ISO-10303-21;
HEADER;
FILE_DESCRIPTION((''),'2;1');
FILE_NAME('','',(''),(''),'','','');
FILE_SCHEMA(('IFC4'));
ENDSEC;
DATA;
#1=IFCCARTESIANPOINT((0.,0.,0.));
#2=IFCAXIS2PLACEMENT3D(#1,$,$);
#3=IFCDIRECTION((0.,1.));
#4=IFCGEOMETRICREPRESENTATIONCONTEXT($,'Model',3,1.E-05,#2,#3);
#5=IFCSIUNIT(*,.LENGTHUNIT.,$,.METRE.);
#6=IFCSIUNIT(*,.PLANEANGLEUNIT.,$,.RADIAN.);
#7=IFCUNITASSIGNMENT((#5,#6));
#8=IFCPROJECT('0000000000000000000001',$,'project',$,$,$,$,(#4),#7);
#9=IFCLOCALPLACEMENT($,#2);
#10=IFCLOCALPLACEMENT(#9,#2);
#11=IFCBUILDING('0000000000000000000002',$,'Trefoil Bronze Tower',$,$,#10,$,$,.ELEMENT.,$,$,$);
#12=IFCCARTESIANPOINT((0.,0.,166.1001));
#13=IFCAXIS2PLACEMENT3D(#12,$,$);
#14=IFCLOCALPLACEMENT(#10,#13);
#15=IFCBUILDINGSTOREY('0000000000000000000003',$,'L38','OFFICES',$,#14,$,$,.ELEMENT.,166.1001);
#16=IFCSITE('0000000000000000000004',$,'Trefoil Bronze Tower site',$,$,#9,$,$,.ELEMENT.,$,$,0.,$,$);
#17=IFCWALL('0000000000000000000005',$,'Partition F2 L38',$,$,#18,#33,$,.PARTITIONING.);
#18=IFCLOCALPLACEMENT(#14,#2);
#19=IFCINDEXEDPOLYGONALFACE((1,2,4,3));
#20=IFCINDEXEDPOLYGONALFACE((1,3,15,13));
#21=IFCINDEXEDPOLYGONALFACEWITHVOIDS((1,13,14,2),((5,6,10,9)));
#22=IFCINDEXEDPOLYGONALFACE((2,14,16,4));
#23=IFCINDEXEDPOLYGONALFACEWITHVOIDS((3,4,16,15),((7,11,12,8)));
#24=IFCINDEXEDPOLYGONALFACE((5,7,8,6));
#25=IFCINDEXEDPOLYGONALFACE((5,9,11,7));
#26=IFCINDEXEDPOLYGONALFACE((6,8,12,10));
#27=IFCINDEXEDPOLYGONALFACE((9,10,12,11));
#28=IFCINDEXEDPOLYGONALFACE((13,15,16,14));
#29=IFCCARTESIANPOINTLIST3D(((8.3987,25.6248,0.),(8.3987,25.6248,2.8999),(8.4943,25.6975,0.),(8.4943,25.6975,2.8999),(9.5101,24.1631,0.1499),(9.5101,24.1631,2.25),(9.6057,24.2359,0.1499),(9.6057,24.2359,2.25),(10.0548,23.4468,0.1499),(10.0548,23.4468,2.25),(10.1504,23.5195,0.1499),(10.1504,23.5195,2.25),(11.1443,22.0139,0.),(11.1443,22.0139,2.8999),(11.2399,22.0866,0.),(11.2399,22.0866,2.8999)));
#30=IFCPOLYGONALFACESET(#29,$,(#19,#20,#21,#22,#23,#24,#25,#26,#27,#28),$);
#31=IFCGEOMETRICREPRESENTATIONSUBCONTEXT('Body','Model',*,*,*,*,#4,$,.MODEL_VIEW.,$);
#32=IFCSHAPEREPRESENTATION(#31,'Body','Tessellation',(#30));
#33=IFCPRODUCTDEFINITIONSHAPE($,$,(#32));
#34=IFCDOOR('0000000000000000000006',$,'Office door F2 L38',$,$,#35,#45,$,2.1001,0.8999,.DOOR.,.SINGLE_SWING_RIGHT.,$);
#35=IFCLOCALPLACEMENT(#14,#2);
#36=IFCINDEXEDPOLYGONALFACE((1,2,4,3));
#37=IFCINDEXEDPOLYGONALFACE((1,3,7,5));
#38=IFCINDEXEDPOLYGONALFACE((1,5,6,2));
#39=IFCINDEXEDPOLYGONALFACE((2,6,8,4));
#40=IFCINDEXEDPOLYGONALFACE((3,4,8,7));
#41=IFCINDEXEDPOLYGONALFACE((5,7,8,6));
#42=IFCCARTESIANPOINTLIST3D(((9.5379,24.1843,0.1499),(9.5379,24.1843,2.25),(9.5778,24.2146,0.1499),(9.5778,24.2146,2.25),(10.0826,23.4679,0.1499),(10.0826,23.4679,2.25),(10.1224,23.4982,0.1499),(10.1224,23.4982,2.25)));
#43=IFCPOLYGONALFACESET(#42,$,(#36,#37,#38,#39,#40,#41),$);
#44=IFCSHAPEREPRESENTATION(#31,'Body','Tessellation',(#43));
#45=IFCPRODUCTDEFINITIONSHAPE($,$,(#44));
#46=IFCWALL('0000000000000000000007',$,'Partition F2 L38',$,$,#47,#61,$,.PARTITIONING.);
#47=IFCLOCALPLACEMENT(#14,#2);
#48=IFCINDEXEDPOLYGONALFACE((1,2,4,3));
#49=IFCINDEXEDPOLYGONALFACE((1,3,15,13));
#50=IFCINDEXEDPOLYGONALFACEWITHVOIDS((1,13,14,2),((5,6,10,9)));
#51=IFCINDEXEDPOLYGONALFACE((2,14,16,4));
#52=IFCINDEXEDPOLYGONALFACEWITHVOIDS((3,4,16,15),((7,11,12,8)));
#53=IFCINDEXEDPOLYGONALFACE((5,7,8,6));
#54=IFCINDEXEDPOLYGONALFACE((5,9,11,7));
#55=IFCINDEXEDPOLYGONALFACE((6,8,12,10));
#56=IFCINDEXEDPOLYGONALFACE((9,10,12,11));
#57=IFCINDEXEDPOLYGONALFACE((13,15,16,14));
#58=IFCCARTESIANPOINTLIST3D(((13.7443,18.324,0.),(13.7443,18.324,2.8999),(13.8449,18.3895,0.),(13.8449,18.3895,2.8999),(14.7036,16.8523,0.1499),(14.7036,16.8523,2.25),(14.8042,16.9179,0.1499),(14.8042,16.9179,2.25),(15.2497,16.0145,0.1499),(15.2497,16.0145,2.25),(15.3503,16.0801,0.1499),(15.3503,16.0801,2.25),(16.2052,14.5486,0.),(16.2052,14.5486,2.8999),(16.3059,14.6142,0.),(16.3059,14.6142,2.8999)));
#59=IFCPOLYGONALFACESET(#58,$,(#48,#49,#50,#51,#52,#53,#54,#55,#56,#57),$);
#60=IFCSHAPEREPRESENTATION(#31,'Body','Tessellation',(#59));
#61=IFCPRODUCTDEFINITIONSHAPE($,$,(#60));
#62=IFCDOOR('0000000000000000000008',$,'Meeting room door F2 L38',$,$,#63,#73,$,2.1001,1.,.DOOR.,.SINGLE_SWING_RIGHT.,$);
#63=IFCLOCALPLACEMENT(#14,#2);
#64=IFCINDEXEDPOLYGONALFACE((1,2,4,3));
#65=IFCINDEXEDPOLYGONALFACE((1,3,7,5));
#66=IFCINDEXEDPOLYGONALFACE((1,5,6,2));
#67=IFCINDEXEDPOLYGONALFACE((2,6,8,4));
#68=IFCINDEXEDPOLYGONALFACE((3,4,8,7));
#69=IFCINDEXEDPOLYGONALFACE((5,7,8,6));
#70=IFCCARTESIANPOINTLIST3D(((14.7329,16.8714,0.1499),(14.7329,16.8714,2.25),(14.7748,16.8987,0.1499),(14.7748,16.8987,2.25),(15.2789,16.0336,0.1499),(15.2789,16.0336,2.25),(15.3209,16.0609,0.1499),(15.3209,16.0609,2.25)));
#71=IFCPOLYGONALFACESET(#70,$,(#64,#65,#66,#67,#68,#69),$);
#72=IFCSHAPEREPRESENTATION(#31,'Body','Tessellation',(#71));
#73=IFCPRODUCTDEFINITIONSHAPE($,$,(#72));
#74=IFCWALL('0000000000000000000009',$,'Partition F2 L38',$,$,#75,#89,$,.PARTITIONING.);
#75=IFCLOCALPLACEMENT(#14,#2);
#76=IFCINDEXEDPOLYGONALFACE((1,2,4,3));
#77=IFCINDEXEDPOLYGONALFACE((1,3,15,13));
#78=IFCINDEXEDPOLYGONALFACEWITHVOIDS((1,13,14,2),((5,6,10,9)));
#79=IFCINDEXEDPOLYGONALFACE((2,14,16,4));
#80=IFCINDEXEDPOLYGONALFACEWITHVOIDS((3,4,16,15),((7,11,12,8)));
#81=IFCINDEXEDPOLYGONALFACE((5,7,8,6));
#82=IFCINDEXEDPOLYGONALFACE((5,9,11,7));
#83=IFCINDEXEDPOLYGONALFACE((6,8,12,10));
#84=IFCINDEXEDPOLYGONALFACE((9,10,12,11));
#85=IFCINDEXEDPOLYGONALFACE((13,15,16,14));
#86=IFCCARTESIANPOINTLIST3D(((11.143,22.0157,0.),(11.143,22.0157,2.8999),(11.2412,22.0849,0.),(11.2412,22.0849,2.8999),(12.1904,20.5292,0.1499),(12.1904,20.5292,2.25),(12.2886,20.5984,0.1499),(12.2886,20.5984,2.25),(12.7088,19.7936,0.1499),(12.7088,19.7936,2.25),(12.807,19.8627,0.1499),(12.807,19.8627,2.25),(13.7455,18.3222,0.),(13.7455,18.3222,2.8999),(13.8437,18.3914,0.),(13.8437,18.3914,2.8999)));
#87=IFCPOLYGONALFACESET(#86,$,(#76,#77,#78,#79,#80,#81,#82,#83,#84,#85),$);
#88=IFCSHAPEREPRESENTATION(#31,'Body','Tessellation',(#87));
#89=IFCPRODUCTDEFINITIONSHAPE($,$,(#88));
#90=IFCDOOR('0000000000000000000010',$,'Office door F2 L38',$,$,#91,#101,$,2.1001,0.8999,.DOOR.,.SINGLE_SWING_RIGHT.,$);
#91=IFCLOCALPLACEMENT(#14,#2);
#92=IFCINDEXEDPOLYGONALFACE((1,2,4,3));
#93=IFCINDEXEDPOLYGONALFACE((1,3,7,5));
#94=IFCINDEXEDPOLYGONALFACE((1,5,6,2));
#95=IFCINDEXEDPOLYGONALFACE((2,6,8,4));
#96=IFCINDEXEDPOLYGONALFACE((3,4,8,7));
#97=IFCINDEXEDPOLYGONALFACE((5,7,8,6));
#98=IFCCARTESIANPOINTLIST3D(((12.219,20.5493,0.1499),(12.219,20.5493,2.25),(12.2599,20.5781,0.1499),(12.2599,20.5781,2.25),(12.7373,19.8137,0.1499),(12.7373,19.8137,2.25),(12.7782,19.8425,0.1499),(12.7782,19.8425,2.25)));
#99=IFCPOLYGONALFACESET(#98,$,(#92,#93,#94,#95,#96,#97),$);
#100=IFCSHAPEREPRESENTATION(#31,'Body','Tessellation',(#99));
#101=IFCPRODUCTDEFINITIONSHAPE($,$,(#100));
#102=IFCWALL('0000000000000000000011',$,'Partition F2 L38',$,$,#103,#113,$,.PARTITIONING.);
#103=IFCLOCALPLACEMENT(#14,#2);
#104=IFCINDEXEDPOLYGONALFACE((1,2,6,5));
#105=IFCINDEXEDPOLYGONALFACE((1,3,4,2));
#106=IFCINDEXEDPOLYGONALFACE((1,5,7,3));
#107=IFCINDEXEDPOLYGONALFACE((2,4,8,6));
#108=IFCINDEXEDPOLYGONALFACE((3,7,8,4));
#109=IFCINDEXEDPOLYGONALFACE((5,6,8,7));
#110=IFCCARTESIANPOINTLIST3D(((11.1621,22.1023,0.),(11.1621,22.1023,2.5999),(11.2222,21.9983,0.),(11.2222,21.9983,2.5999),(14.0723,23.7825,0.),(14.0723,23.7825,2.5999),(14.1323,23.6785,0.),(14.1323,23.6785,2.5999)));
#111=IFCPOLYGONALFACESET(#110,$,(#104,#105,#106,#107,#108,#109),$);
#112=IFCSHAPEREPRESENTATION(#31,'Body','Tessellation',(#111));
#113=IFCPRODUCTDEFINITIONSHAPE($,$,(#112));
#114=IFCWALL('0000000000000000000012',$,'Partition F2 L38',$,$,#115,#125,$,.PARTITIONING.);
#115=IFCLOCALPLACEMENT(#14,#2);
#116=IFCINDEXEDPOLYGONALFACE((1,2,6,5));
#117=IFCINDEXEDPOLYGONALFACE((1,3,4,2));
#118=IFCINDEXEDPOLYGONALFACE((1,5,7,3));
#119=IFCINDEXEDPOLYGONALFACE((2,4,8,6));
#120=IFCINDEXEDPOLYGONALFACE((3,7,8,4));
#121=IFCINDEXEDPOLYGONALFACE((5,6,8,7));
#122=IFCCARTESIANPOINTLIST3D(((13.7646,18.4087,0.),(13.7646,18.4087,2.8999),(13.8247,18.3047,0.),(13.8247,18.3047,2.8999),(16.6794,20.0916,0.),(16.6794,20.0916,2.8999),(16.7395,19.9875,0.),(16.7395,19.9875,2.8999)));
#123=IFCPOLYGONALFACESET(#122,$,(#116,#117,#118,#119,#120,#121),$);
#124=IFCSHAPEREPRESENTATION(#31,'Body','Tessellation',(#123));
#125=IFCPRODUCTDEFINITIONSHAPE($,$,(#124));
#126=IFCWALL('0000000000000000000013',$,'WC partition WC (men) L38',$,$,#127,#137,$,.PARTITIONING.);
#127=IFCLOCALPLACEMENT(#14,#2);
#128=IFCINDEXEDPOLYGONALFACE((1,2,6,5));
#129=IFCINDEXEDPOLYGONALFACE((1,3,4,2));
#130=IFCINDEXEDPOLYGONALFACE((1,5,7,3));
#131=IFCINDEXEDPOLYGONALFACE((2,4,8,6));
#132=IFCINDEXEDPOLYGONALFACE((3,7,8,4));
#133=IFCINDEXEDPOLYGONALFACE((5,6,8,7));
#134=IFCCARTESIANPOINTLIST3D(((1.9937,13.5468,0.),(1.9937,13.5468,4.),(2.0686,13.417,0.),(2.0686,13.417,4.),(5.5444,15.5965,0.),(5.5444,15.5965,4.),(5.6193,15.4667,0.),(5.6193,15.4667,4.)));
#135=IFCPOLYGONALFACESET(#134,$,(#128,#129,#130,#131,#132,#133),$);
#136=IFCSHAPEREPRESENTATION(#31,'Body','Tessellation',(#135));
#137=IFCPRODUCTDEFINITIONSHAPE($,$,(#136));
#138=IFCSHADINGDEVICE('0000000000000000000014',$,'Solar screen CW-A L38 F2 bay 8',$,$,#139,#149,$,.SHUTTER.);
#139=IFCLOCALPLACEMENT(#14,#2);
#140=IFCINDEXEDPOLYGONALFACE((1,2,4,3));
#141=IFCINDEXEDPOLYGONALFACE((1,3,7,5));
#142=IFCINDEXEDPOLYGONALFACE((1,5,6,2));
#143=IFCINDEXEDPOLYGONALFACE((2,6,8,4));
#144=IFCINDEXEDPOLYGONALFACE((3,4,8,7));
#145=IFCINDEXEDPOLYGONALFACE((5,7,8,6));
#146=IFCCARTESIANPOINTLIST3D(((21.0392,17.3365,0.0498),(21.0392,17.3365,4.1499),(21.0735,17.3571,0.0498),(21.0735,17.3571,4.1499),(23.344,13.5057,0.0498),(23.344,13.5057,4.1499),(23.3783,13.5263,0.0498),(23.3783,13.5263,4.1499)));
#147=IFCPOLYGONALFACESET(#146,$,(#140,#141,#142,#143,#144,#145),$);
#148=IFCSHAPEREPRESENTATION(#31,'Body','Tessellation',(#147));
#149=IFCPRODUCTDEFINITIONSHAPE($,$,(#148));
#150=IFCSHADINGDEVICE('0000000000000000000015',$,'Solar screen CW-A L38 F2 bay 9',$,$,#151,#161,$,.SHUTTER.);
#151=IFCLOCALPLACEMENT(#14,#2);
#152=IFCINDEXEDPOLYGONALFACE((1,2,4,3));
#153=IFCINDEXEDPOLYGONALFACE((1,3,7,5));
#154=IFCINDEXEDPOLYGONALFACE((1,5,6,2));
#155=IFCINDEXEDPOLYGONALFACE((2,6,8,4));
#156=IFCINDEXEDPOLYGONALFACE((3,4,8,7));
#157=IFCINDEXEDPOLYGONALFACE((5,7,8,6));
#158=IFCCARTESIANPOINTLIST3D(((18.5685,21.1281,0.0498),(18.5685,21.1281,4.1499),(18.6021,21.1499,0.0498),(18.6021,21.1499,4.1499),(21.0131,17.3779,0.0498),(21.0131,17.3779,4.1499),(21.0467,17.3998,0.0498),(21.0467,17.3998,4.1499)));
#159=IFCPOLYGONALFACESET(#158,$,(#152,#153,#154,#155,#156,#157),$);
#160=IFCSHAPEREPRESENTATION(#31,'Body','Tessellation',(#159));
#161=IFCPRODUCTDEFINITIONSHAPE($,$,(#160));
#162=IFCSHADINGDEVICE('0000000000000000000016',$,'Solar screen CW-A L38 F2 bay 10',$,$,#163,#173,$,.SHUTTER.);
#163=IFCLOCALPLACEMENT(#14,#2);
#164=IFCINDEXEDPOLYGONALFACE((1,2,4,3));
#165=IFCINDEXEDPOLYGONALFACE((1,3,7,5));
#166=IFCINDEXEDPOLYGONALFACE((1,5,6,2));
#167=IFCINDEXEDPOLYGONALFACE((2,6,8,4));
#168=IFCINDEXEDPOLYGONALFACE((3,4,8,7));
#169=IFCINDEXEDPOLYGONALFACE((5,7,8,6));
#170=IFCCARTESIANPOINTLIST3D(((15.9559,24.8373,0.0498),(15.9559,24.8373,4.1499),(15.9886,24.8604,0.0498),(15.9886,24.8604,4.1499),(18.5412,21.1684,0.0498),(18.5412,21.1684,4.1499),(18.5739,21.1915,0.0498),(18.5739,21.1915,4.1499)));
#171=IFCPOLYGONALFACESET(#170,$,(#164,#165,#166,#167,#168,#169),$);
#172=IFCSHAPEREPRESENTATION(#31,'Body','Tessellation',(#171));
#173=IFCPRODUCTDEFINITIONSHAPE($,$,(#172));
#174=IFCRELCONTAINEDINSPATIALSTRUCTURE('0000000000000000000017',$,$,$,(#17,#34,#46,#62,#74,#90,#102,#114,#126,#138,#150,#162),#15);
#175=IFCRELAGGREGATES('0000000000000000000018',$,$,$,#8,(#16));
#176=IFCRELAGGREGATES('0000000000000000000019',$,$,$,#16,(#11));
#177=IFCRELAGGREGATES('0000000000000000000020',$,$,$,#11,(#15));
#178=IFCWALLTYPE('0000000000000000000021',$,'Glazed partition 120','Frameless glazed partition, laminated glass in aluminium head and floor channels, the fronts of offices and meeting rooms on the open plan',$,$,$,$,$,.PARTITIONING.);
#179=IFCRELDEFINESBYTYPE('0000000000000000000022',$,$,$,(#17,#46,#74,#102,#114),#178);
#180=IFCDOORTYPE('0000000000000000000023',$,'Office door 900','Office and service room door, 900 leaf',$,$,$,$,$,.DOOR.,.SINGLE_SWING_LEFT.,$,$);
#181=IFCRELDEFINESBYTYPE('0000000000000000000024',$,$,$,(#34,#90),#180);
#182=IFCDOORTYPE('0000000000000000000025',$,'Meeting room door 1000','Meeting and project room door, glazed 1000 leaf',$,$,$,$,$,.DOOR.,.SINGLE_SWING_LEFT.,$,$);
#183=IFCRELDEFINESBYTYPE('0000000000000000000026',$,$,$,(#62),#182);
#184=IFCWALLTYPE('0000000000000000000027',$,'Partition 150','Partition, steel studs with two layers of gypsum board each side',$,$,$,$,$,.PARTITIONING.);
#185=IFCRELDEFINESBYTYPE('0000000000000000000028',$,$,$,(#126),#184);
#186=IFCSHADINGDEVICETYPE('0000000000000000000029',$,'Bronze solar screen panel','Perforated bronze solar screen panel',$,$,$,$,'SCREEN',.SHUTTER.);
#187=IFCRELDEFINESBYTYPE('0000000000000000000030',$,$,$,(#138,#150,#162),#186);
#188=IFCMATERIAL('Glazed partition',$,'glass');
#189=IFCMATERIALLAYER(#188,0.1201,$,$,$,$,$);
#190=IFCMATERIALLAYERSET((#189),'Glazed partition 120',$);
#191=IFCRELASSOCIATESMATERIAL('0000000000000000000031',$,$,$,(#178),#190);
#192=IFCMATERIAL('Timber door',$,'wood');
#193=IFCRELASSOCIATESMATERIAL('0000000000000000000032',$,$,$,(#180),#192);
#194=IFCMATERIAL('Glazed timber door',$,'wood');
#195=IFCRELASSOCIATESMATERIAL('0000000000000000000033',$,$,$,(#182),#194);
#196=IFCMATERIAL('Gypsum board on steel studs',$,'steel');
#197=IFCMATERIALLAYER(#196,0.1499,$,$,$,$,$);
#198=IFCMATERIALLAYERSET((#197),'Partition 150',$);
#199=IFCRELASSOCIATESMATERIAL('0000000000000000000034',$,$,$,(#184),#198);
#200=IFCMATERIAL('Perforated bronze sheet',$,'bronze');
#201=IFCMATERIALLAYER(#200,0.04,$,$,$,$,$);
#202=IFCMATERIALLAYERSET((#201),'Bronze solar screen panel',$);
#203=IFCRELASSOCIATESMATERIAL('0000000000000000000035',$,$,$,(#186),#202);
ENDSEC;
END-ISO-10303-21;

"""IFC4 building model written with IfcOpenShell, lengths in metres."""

from ifc_helpers import new_model, si_unit, direction, frame, frame_2d, origin, origin_2d, place, context, subcontext, project, spatial, rectangle, extrude, material, layer, layer_set, type_object, element, fill, save


model = new_model("IFC4")

# Units and contexts
model_context = context("Model", 3, precision=1e-05, world=origin(), true_north=direction((0.0, 1.0)))
body_context = subcontext(model_context, "Body", "Model", "MODEL_VIEW")
ifc_project = project(units=[si_unit("LENGTHUNIT", "METRE"), si_unit("PLANEANGLEUNIT", "RADIAN")], contexts=[model_context])

# Site, building, storey
site_placement = place(None, origin())
site = spatial("IfcSite", under=ifc_project, at=site_placement, Name="Trefoil Bronze Tower site", CompositionType="ELEMENT", RefElevation=0.0)
building_placement = place(site_placement, origin())
building = spatial("IfcBuilding", under=site, at=building_placement, Name="Trefoil Bronze Tower", CompositionType="ELEMENT")
storey_placement = place(building_placement, frame((0.0, 0.0, 166.1001)))
storey = spatial("IfcBuildingStorey", under=building, at=storey_placement, Name="L38", Description="OFFICES", CompositionType="ELEMENT", Elevation=166.1001)

# Walls, openings, doors
ifc_material_1 = material(Name="Glazed partition", Category="glass")
ifc_layer_1 = layer(ifc_material_1, 0.1201)
ifc_layer_set_1 = layer_set([ifc_layer_1], Name="Glazed partition 120")
wall_type_1 = type_object("IfcWallType", Name="Glazed partition 120", Description="Frameless glazed partition, laminated glass in aluminium head and floor channels, the fronts of offices and meeting rooms on the open plan", PredefinedType="PARTITIONING", material=ifc_layer_set_1)
wall_1_placement = place(storey_placement, frame((11.1921, 22.0503, 0.0), z_axis=(0.0, 0.0, 1.0), x_axis=(-0.605274, 0.796017, 0.0)))
wall_1 = element("IfcWall", 1, at=wall_1_placement, inside=storey, type_object=wall_type_1, Name="Partition F2 L38", PredefinedType="PARTITIONING", context=body_context, shape_type="SweptSolid", body=[
    extrude(rectangle(XDim=4.5361, YDim=0.1201, at=frame_2d((2.2681, 0.0))), origin(), (0.0, 0.0, 1.0), 2.8999),
])
opening_1_placement = place(wall_1_placement, frame((1.8, 0.0, 0.1499)))
opening_1 = element("IfcOpeningElement", 2, at=opening_1_placement, cuts=wall_1, PredefinedType="OPENING", context=body_context, shape_type="SweptSolid", body=[
    extrude(rectangle(XDim=0.8999, YDim=2.1001, at=frame_2d((0.45, 1.05))), frame((0.0, 0.0701, 0.0), z_axis=(0.0, -1.0, 0.0), x_axis=(1.0, 0.0, 0.0)), (0.0, 0.0, 1.0), 0.1401),
])
ifc_material_2 = material(Name="Timber door", Category="wood")
door_type_1 = type_object("IfcDoorType", Name="Office door 900", Description="Office and service room door, 900 leaf", OperationType="SINGLE_SWING_LEFT", PredefinedType="DOOR", material=ifc_material_2)
door_1_placement = place(opening_1_placement, frame((0.8999, 0.0, 0.0), z_axis=(0.0, 0.0, 1.0), x_axis=(-1.0, 0.0, 0.0)))
door_1 = element("IfcDoor", 3, at=door_1_placement, inside=storey, type_object=door_type_1, Name="Office door F2 L38", OperationType="SINGLE_SWING_RIGHT", OverallHeight=2.1001, OverallWidth=0.8999, PredefinedType="DOOR", context=body_context, shape_type="SweptSolid", body=[
    extrude(rectangle(XDim=0.8999, YDim=2.1001, at=frame_2d((0.45, 1.05))), frame((0.0, 0.0249, 0.0), z_axis=(0.0, -1.0, 0.0), x_axis=(1.0, 0.0, 0.0)), (0.0, 0.0, 1.0), 0.05),
])
fill(opening_1, door_1)
wall_2_placement = place(storey_placement, frame((16.2556, 14.5813, 0.0), z_axis=(0.0, 0.0, 1.0), x_axis=(-0.546069, 0.83774, 0.0)))
wall_2 = element("IfcWall", 4, at=wall_2_placement, inside=storey, type_object=wall_type_1, Name="Partition F2 L38", PredefinedType="PARTITIONING", context=body_context, shape_type="SweptSolid", body=[
    extrude(rectangle(XDim=4.5066, YDim=0.1201, at=frame_2d((2.2534, 0.0))), origin(), (0.0, 0.0, 1.0), 2.8999),
])
opening_2_placement = place(wall_2_placement, frame((1.75, 0.0, 0.1499)))
opening_2 = element("IfcOpeningElement", 5, at=opening_2_placement, cuts=wall_2, PredefinedType="OPENING", context=body_context, shape_type="SweptSolid", body=[
    extrude(rectangle(XDim=1.0, YDim=2.1001, at=frame_2d((0.5, 1.05))), frame((0.0, 0.0701, 0.0), z_axis=(0.0, -1.0, 0.0), x_axis=(1.0, 0.0, 0.0)), (0.0, 0.0, 1.0), 0.1401),
])
ifc_material_3 = material(Name="Glazed timber door", Category="wood")
door_type_2 = type_object("IfcDoorType", Name="Meeting room door 1000", Description="Meeting and project room door, glazed 1000 leaf", OperationType="SINGLE_SWING_LEFT", PredefinedType="DOOR", material=ifc_material_3)
door_2_placement = place(opening_2_placement, frame((1.0, 0.0, 0.0), z_axis=(0.0, 0.0, 1.0), x_axis=(-1.0, 0.0, 0.0)))
door_2 = element("IfcDoor", 6, at=door_2_placement, inside=storey, type_object=door_type_2, Name="Meeting room door F2 L38", OperationType="SINGLE_SWING_RIGHT", OverallHeight=2.1001, OverallWidth=1.0, PredefinedType="DOOR", context=body_context, shape_type="SweptSolid", body=[
    extrude(rectangle(XDim=1.0, YDim=2.1001, at=frame_2d((0.5, 1.05))), frame((0.0, 0.0249, 0.0), z_axis=(0.0, -1.0, 0.0), x_axis=(1.0, 0.0, 0.0)), (0.0, 0.0, 1.0), 0.05),
])
fill(opening_2, door_2)
wall_3_placement = place(storey_placement, frame((13.7947, 18.3567, 0.0), z_axis=(0.0, 0.0, 1.0), x_axis=(-0.575987, 0.817459, 0.0)))
wall_3 = element("IfcWall", 7, at=wall_3_placement, inside=storey, type_object=wall_type_1, Name="Partition F2 L38", PredefinedType="PARTITIONING", context=body_context, shape_type="SweptSolid", body=[
    extrude(rectangle(XDim=4.5183, YDim=0.1201, at=frame_2d((2.2593, 0.0))), origin(), (0.0, 0.0, 1.0), 2.8999),
])
opening_3_placement = place(wall_3_placement, frame((1.8, 0.0, 0.1499)))
opening_3 = element("IfcOpeningElement", 8, at=opening_3_placement, cuts=wall_3, PredefinedType="OPENING", context=body_context, shape_type="SweptSolid", body=[
    extrude(rectangle(XDim=0.8999, YDim=2.1001, at=frame_2d((0.45, 1.05))), frame((0.0, 0.0701, 0.0), z_axis=(0.0, -1.0, 0.0), x_axis=(1.0, 0.0, 0.0)), (0.0, 0.0, 1.0), 0.1401),
])
door_3_placement = place(opening_3_placement, frame((0.8999, 0.0, 0.0), z_axis=(0.0, 0.0, 1.0), x_axis=(-1.0, 0.0, 0.0)))
door_3 = element("IfcDoor", 9, at=door_3_placement, inside=storey, type_object=door_type_1, Name="Office door F2 L38", OperationType="SINGLE_SWING_RIGHT", OverallHeight=2.1001, OverallWidth=0.8999, PredefinedType="DOOR", context=body_context, shape_type="SweptSolid", body=[
    extrude(rectangle(XDim=0.8999, YDim=2.1001, at=frame_2d((0.45, 1.05))), frame((0.0, 0.0249, 0.0), z_axis=(0.0, -1.0, 0.0), x_axis=(1.0, 0.0, 0.0)), (0.0, 0.0, 1.0), 0.05),
])
fill(opening_3, door_3)

# Walls
wall_4_placement = place(storey_placement, frame((11.1921, 22.0503, 0.0), z_axis=(0.0, 0.0, 1.0), x_axis=(0.866026, 0.499999, 0.0)))
element("IfcWall", 10, at=wall_4_placement, inside=storey, type_object=wall_type_1, Name="Partition F2 L38", PredefinedType="PARTITIONING", context=body_context, shape_type="SweptSolid", body=[
    extrude(rectangle(XDim=3.3604, YDim=0.1201, at=frame_2d((1.6802, 0.0))), origin(), (0.0, 0.0, 1.0), 2.5999),
])
wall_5_placement = place(storey_placement, frame((13.7947, 18.3567, 0.0), z_axis=(0.0, 0.0, 1.0), x_axis=(0.866025, 0.500001, 0.0)))
element("IfcWall", 11, at=wall_5_placement, inside=storey, type_object=wall_type_1, Name="Partition F2 L38", PredefinedType="PARTITIONING", context=body_context, shape_type="SweptSolid", body=[
    extrude(rectangle(XDim=3.3657, YDim=0.1201, at=frame_2d((1.6829, 0.0))), origin(), (0.0, 0.0, 1.0), 2.8999),
])
ifc_material_4 = material(Name="Gypsum board on steel studs", Category="steel")
ifc_layer_2 = layer(ifc_material_4, 0.1499)
ifc_layer_set_2 = layer_set([ifc_layer_2], Name="Partition 150")
wall_type_2 = type_object("IfcWallType", Name="Partition 150", Description="Partition, steel studs with two layers of gypsum board each side", PredefinedType="PARTITIONING", material=ifc_layer_set_2)
wall_6_placement = place(storey_placement, frame((2.0312, 13.4819, 0.0), z_axis=(0.0, 0.0, 1.0), x_axis=(0.866051, 0.499956, 0.0)))
element("IfcWall", 12, at=wall_6_placement, inside=storey, type_object=wall_type_2, Name="WC partition WC (men) L38", PredefinedType="PARTITIONING", context=body_context, shape_type="SweptSolid", body=[
    extrude(rectangle(XDim=4.0999, YDim=0.1499, at=frame_2d((2.0498, 0.0))), origin(), (0.0, 0.0, 1.0), 4.0),
])

# Shading devices
ifc_material_5 = material(Name="Perforated bronze sheet", Category="bronze")
ifc_layer_3 = layer(ifc_material_5, 0.04)
ifc_layer_set_3 = layer_set([ifc_layer_3], Name="Bronze solar screen panel")
shading_device_type = type_object("IfcShadingDeviceType", Name="Bronze solar screen panel", Description="Perforated bronze solar screen panel", ElementType="SCREEN", PredefinedType="SHUTTER", material=ifc_layer_set_3)
shading_device_1_placement = place(storey_placement, frame((22.2087, 15.4314, 0.0498), z_axis=(0.0, 0.0, 1.0), x_axis=(-0.515525, 0.856874, 0.0)))
element("IfcShadingDevice", 13, at=shading_device_1_placement, inside=storey, type_object=shading_device_type, Name="Solar screen CW-A L38 F2 bay 8", PredefinedType="SHUTTER", context=body_context, shape_type="SweptSolid", body=[
    extrude(rectangle(XDim=4.4707, YDim=0.04, at=origin_2d()), origin(), (0.0, 0.0, 1.0), 4.1001),
])
shading_device_2_placement = place(storey_placement, frame((19.8076, 19.2639, 0.0498), z_axis=(0.0, 0.0, 1.0), x_axis=(-0.546089, 0.837727, 0.0)))
element("IfcShadingDevice", 14, at=shading_device_2_placement, inside=storey, type_object=shading_device_type, Name="Solar screen CW-A L38 F2 bay 9", PredefinedType="SHUTTER", context=body_context, shape_type="SweptSolid", body=[
    extrude(rectangle(XDim=4.4766, YDim=0.04, at=origin_2d()), origin(), (0.0, 0.0, 1.0), 4.1001),
])
shading_device_3_placement = place(storey_placement, frame((17.2649, 23.0144, 0.0498), z_axis=(0.0, 0.0, 1.0), x_axis=(-0.575999, 0.81745, 0.0)))
element("IfcShadingDevice", 15, at=shading_device_3_placement, inside=storey, type_object=shading_device_type, Name="Solar screen CW-A L38 F2 bay 10", PredefinedType="SHUTTER", context=body_context, shape_type="SweptSolid", body=[
    extrude(rectangle(XDim=4.4883, YDim=0.04, at=origin_2d()), origin(), (0.0, 0.0, 1.0), 4.1001),
])

save(model, "model.ifc")
